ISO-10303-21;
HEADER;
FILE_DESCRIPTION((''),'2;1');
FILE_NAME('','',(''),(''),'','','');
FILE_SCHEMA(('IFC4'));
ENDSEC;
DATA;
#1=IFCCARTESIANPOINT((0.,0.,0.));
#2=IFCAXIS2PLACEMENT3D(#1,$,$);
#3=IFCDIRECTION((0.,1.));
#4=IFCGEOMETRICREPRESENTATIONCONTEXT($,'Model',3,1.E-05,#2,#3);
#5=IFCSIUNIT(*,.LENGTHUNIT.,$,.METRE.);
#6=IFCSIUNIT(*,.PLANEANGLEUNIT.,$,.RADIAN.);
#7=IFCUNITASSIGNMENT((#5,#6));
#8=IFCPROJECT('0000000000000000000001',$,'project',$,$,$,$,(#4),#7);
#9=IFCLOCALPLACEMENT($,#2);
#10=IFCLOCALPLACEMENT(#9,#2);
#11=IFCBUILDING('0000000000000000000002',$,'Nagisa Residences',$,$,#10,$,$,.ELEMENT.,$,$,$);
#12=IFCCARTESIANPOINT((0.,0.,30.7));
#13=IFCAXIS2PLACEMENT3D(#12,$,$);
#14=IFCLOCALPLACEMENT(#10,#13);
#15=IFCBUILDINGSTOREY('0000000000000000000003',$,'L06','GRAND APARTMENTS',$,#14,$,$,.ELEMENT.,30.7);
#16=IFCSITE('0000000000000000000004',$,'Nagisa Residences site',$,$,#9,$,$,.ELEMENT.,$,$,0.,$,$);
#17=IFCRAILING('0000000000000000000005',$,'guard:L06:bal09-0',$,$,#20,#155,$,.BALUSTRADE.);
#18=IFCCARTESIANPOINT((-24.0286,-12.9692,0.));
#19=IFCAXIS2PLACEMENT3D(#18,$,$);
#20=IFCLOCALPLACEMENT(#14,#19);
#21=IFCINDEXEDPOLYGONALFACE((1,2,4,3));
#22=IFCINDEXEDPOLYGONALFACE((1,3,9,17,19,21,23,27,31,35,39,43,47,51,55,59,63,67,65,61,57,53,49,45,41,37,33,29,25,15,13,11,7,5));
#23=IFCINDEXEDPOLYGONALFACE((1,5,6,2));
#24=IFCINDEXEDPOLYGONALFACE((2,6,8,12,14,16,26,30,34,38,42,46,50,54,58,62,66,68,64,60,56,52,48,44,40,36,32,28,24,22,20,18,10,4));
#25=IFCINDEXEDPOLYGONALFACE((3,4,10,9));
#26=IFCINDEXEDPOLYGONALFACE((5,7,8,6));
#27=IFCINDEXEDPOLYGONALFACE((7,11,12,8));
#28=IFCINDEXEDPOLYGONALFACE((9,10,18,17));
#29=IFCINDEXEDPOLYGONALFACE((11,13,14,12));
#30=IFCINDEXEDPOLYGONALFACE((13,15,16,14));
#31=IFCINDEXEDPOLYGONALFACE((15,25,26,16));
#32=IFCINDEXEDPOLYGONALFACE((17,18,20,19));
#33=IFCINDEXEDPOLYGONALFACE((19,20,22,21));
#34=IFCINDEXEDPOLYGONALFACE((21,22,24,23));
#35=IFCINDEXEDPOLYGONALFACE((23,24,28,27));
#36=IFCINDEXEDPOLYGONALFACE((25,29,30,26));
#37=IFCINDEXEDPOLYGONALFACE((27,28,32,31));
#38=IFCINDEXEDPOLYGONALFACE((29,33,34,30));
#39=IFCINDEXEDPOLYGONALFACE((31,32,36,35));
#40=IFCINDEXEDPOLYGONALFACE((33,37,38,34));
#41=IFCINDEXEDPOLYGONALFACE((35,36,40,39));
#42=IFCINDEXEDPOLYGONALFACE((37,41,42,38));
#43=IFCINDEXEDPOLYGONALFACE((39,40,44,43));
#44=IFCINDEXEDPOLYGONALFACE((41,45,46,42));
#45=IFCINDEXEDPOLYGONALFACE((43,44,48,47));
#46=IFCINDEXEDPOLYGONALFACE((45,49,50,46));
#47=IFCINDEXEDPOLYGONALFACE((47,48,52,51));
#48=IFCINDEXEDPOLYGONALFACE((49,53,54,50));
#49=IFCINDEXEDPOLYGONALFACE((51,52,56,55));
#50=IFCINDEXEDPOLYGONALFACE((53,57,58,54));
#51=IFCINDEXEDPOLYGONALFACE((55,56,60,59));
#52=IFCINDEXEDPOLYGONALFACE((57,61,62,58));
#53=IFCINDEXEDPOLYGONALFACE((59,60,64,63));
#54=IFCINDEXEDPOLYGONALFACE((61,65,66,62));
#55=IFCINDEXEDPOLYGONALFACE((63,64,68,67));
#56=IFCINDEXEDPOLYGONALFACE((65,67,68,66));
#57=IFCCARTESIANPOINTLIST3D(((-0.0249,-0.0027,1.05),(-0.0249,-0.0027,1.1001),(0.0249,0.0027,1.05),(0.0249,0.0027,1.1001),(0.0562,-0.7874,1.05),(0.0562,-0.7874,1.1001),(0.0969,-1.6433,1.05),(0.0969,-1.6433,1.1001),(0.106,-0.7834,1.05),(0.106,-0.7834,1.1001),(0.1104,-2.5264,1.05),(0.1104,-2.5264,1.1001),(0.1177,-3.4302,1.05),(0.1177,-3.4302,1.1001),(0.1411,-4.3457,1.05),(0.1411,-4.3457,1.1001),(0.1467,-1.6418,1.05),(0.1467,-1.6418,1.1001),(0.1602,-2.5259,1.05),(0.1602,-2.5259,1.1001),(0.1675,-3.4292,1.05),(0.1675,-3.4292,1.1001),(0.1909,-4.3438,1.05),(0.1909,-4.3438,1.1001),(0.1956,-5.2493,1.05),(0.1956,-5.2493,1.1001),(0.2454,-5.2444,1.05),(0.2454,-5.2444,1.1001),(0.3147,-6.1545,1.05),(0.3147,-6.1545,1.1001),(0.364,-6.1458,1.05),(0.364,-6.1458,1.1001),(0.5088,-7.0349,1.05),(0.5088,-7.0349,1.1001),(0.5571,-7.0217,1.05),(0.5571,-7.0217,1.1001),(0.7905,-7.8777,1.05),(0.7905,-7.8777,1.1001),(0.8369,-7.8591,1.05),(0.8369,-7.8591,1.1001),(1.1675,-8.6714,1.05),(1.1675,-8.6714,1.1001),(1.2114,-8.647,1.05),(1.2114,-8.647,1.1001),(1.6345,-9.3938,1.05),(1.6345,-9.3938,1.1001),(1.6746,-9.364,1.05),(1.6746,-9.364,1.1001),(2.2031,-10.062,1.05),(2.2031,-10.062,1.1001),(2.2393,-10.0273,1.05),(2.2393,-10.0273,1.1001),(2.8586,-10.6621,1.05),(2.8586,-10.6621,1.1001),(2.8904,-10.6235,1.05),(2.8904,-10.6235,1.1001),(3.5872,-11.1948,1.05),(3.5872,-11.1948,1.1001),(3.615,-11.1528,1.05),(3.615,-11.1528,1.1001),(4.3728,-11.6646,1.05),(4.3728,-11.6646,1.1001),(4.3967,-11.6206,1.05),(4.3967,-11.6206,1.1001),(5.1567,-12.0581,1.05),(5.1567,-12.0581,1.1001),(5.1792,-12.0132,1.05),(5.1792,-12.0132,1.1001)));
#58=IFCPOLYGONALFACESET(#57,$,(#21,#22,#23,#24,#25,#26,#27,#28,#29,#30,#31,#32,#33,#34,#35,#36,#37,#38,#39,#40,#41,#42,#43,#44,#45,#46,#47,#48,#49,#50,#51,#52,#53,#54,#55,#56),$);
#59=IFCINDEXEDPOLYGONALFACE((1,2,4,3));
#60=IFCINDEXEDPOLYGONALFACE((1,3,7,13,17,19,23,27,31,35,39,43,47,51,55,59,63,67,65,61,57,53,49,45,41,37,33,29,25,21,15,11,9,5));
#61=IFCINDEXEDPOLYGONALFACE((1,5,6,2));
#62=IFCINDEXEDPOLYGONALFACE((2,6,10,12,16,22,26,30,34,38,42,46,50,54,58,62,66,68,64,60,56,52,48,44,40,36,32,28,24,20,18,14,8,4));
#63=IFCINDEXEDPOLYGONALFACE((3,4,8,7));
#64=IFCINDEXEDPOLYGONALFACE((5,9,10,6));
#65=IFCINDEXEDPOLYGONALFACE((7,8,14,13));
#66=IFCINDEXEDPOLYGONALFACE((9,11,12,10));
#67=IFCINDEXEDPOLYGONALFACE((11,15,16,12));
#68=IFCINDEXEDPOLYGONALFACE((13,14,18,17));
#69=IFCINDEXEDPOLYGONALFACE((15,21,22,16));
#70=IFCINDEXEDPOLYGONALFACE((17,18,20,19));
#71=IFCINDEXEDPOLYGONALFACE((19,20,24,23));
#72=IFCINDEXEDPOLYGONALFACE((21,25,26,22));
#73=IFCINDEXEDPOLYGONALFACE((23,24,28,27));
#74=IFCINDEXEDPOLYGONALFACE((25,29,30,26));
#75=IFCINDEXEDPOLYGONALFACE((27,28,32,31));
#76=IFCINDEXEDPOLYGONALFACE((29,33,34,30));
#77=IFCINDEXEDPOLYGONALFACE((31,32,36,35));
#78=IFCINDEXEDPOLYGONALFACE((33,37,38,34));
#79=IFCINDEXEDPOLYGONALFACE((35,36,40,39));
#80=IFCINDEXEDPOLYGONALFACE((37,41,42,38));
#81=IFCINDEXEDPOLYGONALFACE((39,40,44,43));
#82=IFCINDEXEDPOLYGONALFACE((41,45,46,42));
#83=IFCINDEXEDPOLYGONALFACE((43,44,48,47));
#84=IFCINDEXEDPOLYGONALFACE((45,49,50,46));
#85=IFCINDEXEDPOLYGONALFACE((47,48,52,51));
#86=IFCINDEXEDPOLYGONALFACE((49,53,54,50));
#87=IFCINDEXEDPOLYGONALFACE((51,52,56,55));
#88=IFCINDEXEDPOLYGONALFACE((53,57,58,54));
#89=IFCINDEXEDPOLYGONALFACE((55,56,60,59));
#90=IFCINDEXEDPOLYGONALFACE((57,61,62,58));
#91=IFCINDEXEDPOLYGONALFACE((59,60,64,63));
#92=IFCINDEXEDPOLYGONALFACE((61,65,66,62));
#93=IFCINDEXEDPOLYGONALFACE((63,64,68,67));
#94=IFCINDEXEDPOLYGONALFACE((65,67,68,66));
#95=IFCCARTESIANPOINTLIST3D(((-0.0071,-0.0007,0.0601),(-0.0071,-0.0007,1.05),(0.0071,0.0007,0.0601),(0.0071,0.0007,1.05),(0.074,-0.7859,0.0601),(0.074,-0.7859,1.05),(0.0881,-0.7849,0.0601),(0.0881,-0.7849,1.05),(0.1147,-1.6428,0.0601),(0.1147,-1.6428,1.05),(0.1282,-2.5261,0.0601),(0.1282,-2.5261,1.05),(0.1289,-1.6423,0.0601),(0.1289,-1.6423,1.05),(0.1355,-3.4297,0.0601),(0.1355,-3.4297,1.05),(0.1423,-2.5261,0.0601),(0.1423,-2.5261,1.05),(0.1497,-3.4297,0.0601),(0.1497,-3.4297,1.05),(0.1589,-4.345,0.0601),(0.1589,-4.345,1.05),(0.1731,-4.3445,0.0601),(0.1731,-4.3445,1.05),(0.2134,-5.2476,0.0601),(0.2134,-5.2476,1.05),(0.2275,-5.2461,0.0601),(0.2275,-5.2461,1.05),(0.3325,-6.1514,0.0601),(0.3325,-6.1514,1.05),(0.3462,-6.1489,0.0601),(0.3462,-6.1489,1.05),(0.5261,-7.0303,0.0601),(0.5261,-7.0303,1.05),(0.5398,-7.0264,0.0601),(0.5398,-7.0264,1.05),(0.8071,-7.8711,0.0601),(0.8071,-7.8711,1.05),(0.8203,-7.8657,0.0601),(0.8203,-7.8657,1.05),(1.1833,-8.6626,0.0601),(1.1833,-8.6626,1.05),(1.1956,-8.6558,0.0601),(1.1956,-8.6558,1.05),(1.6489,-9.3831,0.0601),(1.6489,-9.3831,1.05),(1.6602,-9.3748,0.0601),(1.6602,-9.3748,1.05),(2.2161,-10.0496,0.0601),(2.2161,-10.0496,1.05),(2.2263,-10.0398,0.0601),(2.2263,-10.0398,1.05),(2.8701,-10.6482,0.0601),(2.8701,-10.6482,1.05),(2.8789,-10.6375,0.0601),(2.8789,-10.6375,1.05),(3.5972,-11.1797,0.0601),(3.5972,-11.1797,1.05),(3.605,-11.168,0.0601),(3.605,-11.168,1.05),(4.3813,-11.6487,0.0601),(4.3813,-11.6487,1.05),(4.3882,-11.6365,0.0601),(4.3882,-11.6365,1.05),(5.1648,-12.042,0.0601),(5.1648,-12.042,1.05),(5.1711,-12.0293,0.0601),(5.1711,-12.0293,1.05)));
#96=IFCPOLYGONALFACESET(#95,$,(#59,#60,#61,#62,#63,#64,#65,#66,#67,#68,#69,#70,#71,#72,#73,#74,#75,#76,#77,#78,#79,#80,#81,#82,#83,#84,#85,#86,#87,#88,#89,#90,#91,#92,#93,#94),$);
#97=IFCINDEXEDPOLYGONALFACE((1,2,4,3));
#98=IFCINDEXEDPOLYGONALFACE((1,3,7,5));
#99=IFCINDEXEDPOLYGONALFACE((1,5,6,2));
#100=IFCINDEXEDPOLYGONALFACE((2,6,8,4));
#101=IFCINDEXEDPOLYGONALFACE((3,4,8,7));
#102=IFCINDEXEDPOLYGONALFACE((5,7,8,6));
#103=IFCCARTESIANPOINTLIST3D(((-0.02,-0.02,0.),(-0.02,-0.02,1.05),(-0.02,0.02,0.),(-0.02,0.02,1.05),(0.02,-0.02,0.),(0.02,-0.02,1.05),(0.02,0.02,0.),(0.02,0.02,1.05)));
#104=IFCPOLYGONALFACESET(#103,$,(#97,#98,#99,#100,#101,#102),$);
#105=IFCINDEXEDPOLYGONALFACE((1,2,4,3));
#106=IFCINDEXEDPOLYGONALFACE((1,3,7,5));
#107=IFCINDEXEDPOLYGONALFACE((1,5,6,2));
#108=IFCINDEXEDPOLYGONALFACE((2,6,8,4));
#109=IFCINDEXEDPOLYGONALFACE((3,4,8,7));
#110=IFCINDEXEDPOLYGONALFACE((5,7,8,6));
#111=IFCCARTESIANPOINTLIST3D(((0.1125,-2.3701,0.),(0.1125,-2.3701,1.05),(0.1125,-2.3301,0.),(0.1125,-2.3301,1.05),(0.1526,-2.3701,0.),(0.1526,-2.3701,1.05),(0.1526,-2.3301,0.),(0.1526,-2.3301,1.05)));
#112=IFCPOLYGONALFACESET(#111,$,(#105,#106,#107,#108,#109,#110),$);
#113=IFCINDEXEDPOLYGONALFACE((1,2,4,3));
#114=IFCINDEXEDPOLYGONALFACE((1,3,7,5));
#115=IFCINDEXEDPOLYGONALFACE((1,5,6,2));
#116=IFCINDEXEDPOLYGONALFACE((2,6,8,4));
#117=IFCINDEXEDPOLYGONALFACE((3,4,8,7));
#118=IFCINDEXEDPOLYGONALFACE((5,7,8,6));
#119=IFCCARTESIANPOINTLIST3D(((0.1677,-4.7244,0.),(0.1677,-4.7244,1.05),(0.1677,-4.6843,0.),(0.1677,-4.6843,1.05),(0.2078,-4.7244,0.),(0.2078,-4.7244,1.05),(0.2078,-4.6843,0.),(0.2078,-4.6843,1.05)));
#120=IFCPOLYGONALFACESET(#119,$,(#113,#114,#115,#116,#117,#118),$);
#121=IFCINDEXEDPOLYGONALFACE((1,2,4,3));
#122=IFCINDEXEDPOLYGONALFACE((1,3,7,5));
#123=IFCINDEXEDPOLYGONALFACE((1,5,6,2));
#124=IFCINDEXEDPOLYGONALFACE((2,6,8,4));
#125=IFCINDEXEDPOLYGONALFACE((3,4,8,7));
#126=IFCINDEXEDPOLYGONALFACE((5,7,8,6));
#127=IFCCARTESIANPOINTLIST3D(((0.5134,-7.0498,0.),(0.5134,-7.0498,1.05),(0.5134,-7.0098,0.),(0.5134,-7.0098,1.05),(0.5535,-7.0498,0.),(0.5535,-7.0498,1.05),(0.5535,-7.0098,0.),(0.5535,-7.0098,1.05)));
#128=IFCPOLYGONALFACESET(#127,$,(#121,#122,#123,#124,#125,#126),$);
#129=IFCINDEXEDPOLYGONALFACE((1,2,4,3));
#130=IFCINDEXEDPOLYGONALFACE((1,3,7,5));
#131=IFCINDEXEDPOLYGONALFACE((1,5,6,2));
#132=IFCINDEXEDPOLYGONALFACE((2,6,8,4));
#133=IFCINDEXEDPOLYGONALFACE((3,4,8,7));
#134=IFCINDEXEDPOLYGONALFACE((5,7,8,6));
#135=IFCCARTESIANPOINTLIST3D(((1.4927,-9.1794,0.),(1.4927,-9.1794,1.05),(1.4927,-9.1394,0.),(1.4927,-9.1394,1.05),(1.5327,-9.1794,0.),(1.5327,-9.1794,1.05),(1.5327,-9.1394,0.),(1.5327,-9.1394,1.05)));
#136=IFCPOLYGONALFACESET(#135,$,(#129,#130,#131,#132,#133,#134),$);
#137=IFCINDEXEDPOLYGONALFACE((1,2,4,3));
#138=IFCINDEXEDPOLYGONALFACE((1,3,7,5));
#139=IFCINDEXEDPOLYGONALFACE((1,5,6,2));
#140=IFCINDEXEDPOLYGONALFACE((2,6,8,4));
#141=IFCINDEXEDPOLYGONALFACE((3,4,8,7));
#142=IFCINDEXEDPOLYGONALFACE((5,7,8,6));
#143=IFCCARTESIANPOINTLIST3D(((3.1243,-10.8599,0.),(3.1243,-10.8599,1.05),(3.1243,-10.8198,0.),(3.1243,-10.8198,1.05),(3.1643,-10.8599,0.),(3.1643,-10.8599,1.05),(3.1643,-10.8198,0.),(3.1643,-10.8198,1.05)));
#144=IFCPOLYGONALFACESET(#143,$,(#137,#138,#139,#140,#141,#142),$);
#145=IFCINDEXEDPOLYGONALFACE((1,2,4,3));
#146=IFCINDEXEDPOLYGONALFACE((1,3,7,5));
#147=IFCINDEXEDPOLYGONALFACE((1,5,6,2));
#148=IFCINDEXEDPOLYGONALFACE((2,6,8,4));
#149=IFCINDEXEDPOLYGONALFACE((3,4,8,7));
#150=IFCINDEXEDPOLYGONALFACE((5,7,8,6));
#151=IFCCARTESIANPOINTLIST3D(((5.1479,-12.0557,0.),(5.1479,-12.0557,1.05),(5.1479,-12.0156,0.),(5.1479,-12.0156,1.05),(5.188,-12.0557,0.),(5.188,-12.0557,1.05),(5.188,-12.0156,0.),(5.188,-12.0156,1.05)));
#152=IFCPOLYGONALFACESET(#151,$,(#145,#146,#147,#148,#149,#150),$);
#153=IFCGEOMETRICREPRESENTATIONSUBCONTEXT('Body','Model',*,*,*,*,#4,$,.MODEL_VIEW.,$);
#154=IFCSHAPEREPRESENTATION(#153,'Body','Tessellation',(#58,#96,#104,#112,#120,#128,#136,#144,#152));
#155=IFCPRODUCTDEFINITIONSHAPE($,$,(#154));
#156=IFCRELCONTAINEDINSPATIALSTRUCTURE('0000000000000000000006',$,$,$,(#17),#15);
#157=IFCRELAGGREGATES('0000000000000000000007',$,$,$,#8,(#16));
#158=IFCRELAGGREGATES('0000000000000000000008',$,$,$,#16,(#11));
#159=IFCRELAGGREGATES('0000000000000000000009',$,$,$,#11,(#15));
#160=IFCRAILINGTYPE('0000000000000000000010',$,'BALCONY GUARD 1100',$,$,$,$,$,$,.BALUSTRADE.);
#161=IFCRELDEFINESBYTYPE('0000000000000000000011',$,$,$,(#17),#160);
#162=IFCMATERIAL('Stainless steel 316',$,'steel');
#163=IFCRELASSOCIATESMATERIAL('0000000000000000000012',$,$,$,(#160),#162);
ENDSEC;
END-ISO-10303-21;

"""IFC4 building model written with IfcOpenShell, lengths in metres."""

from ifc_helpers import new_model, si_unit, direction, frame, origin, origin_2d, place, context, subcontext, project, spatial, polyline, rectangle, outline, extrude, material, type_object, element, save


model = new_model("IFC4")

# Units and contexts
model_context = context("Model", 3, precision=1e-05, world=origin(), true_north=direction((0.0, 1.0)))
body_context = subcontext(model_context, "Body", "Model", "MODEL_VIEW")
ifc_project = project(units=[si_unit("LENGTHUNIT", "METRE"), si_unit("PLANEANGLEUNIT", "RADIAN")], contexts=[model_context])

# Site, building, storey
site_placement = place(None, origin())
site = spatial("IfcSite", under=ifc_project, at=site_placement, Name="Nagisa Residences site", CompositionType="ELEMENT", RefElevation=0.0)
building_placement = place(site_placement, origin())
building = spatial("IfcBuilding", under=site, at=building_placement, Name="Nagisa Residences", CompositionType="ELEMENT")
storey_placement = place(building_placement, frame((0.0, 0.0, 30.7)))
storey = spatial("IfcBuildingStorey", under=building, at=storey_placement, Name="L06", Description="GRAND APARTMENTS", CompositionType="ELEMENT", Elevation=30.7)

# Railing
ifc_material_1 = material(Name="Stainless steel 316", Category="steel")
railing_type = type_object("IfcRailingType", Name="BALCONY GUARD 1100", PredefinedType="BALUSTRADE", material=ifc_material_1)
railing_1_placement = place(storey_placement, frame((-24.0286, -12.9692, 0.0)))
element("IfcRailing", 1, at=railing_1_placement, inside=storey, type_object=railing_type, Name="guard:L06:bal09-0", PredefinedType="BALUSTRADE", context=body_context, shape_type="SweptSolid", body=[
    extrude(outline(polyline([(0.106, -0.7834), (0.0249, 0.0027), (-0.0249, -0.0027), (0.0562, -0.7874), (0.0969, -1.6433), (0.1104, -2.5264), (0.1177, -3.4302), (0.1411, -4.3457), (0.1956, -5.2493), (0.3147, -6.1545), (0.5088, -7.0349), (0.7905, -7.8777), (1.1675, -8.6714), (1.6345, -9.3938), (2.2031, -10.062), (2.8586, -10.6621), (3.5872, -11.1948), (4.3728, -11.6646), (5.1567, -12.0581), (5.1792, -12.0132), (4.3967, -11.6206), (3.615, -11.1528), (2.8904, -10.6235), (2.2393, -10.0273), (1.6746, -9.364), (1.2114, -8.647), (0.8369, -7.8591), (0.5571, -7.0217), (0.364, -6.1458), (0.2454, -5.2444), (0.1909, -4.3438), (0.1675, -3.4292), (0.1602, -2.5259), (0.1467, -1.6418), (0.106, -0.7834)])), frame((0.0, 0.0, 1.05)), (0.0, 0.0, 1.0), 0.05),
    extrude(outline(polyline([(0.0881, -0.7849), (0.0071, 0.0007), (-0.0071, -0.0007), (0.074, -0.7859), (0.1147, -1.6428), (0.1282, -2.5261), (0.1355, -3.4297), (0.1589, -4.345), (0.2134, -5.2476), (0.3325, -6.1514), (0.5261, -7.0303), (0.8071, -7.8711), (1.1833, -8.6626), (1.6489, -9.3831), (2.2161, -10.0496), (2.8701, -10.6482), (3.5972, -11.1797), (4.3813, -11.6487), (5.1648, -12.042), (5.1711, -12.0293), (4.3882, -11.6365), (3.605, -11.168), (2.8789, -10.6375), (2.2263, -10.0398), (1.6602, -9.3748), (1.1956, -8.6558), (0.8203, -7.8657), (0.5398, -7.0264), (0.3462, -6.1489), (0.2275, -5.2461), (0.1731, -4.3445), (0.1497, -3.4297), (0.1423, -2.5261), (0.1289, -1.6423), (0.0881, -0.7849)])), frame((0.0, 0.0, 0.0601)), (0.0, 0.0, 1.0), 0.99),
    extrude(rectangle(XDim=0.04, YDim=0.04, at=origin_2d()), origin(), (0.0, 0.0, 1.0), 1.05),
    extrude(rectangle(XDim=0.04, YDim=0.04, at=origin_2d()), frame((0.1326, -2.3501, 0.0)), (0.0, 0.0, 1.0), 1.05),
    extrude(rectangle(XDim=0.04, YDim=0.04, at=origin_2d()), frame((0.1877, -4.7043, 0.0)), (0.0, 0.0, 1.0), 1.05),
    extrude(rectangle(XDim=0.04, YDim=0.04, at=origin_2d()), frame((0.5334, -7.0298, 0.0)), (0.0, 0.0, 1.0), 1.05),
    extrude(rectangle(XDim=0.04, YDim=0.04, at=origin_2d()), frame((1.5127, -9.1594, 0.0)), (0.0, 0.0, 1.0), 1.05),
    extrude(rectangle(XDim=0.04, YDim=0.04, at=origin_2d()), frame((3.1443, -10.8398, 0.0)), (0.0, 0.0, 1.0), 1.05),
    extrude(rectangle(XDim=0.04, YDim=0.04, at=origin_2d()), frame((5.168, -12.0356, 0.0)), (0.0, 0.0, 1.0), 1.05),
])

save(model, "model.ifc")
